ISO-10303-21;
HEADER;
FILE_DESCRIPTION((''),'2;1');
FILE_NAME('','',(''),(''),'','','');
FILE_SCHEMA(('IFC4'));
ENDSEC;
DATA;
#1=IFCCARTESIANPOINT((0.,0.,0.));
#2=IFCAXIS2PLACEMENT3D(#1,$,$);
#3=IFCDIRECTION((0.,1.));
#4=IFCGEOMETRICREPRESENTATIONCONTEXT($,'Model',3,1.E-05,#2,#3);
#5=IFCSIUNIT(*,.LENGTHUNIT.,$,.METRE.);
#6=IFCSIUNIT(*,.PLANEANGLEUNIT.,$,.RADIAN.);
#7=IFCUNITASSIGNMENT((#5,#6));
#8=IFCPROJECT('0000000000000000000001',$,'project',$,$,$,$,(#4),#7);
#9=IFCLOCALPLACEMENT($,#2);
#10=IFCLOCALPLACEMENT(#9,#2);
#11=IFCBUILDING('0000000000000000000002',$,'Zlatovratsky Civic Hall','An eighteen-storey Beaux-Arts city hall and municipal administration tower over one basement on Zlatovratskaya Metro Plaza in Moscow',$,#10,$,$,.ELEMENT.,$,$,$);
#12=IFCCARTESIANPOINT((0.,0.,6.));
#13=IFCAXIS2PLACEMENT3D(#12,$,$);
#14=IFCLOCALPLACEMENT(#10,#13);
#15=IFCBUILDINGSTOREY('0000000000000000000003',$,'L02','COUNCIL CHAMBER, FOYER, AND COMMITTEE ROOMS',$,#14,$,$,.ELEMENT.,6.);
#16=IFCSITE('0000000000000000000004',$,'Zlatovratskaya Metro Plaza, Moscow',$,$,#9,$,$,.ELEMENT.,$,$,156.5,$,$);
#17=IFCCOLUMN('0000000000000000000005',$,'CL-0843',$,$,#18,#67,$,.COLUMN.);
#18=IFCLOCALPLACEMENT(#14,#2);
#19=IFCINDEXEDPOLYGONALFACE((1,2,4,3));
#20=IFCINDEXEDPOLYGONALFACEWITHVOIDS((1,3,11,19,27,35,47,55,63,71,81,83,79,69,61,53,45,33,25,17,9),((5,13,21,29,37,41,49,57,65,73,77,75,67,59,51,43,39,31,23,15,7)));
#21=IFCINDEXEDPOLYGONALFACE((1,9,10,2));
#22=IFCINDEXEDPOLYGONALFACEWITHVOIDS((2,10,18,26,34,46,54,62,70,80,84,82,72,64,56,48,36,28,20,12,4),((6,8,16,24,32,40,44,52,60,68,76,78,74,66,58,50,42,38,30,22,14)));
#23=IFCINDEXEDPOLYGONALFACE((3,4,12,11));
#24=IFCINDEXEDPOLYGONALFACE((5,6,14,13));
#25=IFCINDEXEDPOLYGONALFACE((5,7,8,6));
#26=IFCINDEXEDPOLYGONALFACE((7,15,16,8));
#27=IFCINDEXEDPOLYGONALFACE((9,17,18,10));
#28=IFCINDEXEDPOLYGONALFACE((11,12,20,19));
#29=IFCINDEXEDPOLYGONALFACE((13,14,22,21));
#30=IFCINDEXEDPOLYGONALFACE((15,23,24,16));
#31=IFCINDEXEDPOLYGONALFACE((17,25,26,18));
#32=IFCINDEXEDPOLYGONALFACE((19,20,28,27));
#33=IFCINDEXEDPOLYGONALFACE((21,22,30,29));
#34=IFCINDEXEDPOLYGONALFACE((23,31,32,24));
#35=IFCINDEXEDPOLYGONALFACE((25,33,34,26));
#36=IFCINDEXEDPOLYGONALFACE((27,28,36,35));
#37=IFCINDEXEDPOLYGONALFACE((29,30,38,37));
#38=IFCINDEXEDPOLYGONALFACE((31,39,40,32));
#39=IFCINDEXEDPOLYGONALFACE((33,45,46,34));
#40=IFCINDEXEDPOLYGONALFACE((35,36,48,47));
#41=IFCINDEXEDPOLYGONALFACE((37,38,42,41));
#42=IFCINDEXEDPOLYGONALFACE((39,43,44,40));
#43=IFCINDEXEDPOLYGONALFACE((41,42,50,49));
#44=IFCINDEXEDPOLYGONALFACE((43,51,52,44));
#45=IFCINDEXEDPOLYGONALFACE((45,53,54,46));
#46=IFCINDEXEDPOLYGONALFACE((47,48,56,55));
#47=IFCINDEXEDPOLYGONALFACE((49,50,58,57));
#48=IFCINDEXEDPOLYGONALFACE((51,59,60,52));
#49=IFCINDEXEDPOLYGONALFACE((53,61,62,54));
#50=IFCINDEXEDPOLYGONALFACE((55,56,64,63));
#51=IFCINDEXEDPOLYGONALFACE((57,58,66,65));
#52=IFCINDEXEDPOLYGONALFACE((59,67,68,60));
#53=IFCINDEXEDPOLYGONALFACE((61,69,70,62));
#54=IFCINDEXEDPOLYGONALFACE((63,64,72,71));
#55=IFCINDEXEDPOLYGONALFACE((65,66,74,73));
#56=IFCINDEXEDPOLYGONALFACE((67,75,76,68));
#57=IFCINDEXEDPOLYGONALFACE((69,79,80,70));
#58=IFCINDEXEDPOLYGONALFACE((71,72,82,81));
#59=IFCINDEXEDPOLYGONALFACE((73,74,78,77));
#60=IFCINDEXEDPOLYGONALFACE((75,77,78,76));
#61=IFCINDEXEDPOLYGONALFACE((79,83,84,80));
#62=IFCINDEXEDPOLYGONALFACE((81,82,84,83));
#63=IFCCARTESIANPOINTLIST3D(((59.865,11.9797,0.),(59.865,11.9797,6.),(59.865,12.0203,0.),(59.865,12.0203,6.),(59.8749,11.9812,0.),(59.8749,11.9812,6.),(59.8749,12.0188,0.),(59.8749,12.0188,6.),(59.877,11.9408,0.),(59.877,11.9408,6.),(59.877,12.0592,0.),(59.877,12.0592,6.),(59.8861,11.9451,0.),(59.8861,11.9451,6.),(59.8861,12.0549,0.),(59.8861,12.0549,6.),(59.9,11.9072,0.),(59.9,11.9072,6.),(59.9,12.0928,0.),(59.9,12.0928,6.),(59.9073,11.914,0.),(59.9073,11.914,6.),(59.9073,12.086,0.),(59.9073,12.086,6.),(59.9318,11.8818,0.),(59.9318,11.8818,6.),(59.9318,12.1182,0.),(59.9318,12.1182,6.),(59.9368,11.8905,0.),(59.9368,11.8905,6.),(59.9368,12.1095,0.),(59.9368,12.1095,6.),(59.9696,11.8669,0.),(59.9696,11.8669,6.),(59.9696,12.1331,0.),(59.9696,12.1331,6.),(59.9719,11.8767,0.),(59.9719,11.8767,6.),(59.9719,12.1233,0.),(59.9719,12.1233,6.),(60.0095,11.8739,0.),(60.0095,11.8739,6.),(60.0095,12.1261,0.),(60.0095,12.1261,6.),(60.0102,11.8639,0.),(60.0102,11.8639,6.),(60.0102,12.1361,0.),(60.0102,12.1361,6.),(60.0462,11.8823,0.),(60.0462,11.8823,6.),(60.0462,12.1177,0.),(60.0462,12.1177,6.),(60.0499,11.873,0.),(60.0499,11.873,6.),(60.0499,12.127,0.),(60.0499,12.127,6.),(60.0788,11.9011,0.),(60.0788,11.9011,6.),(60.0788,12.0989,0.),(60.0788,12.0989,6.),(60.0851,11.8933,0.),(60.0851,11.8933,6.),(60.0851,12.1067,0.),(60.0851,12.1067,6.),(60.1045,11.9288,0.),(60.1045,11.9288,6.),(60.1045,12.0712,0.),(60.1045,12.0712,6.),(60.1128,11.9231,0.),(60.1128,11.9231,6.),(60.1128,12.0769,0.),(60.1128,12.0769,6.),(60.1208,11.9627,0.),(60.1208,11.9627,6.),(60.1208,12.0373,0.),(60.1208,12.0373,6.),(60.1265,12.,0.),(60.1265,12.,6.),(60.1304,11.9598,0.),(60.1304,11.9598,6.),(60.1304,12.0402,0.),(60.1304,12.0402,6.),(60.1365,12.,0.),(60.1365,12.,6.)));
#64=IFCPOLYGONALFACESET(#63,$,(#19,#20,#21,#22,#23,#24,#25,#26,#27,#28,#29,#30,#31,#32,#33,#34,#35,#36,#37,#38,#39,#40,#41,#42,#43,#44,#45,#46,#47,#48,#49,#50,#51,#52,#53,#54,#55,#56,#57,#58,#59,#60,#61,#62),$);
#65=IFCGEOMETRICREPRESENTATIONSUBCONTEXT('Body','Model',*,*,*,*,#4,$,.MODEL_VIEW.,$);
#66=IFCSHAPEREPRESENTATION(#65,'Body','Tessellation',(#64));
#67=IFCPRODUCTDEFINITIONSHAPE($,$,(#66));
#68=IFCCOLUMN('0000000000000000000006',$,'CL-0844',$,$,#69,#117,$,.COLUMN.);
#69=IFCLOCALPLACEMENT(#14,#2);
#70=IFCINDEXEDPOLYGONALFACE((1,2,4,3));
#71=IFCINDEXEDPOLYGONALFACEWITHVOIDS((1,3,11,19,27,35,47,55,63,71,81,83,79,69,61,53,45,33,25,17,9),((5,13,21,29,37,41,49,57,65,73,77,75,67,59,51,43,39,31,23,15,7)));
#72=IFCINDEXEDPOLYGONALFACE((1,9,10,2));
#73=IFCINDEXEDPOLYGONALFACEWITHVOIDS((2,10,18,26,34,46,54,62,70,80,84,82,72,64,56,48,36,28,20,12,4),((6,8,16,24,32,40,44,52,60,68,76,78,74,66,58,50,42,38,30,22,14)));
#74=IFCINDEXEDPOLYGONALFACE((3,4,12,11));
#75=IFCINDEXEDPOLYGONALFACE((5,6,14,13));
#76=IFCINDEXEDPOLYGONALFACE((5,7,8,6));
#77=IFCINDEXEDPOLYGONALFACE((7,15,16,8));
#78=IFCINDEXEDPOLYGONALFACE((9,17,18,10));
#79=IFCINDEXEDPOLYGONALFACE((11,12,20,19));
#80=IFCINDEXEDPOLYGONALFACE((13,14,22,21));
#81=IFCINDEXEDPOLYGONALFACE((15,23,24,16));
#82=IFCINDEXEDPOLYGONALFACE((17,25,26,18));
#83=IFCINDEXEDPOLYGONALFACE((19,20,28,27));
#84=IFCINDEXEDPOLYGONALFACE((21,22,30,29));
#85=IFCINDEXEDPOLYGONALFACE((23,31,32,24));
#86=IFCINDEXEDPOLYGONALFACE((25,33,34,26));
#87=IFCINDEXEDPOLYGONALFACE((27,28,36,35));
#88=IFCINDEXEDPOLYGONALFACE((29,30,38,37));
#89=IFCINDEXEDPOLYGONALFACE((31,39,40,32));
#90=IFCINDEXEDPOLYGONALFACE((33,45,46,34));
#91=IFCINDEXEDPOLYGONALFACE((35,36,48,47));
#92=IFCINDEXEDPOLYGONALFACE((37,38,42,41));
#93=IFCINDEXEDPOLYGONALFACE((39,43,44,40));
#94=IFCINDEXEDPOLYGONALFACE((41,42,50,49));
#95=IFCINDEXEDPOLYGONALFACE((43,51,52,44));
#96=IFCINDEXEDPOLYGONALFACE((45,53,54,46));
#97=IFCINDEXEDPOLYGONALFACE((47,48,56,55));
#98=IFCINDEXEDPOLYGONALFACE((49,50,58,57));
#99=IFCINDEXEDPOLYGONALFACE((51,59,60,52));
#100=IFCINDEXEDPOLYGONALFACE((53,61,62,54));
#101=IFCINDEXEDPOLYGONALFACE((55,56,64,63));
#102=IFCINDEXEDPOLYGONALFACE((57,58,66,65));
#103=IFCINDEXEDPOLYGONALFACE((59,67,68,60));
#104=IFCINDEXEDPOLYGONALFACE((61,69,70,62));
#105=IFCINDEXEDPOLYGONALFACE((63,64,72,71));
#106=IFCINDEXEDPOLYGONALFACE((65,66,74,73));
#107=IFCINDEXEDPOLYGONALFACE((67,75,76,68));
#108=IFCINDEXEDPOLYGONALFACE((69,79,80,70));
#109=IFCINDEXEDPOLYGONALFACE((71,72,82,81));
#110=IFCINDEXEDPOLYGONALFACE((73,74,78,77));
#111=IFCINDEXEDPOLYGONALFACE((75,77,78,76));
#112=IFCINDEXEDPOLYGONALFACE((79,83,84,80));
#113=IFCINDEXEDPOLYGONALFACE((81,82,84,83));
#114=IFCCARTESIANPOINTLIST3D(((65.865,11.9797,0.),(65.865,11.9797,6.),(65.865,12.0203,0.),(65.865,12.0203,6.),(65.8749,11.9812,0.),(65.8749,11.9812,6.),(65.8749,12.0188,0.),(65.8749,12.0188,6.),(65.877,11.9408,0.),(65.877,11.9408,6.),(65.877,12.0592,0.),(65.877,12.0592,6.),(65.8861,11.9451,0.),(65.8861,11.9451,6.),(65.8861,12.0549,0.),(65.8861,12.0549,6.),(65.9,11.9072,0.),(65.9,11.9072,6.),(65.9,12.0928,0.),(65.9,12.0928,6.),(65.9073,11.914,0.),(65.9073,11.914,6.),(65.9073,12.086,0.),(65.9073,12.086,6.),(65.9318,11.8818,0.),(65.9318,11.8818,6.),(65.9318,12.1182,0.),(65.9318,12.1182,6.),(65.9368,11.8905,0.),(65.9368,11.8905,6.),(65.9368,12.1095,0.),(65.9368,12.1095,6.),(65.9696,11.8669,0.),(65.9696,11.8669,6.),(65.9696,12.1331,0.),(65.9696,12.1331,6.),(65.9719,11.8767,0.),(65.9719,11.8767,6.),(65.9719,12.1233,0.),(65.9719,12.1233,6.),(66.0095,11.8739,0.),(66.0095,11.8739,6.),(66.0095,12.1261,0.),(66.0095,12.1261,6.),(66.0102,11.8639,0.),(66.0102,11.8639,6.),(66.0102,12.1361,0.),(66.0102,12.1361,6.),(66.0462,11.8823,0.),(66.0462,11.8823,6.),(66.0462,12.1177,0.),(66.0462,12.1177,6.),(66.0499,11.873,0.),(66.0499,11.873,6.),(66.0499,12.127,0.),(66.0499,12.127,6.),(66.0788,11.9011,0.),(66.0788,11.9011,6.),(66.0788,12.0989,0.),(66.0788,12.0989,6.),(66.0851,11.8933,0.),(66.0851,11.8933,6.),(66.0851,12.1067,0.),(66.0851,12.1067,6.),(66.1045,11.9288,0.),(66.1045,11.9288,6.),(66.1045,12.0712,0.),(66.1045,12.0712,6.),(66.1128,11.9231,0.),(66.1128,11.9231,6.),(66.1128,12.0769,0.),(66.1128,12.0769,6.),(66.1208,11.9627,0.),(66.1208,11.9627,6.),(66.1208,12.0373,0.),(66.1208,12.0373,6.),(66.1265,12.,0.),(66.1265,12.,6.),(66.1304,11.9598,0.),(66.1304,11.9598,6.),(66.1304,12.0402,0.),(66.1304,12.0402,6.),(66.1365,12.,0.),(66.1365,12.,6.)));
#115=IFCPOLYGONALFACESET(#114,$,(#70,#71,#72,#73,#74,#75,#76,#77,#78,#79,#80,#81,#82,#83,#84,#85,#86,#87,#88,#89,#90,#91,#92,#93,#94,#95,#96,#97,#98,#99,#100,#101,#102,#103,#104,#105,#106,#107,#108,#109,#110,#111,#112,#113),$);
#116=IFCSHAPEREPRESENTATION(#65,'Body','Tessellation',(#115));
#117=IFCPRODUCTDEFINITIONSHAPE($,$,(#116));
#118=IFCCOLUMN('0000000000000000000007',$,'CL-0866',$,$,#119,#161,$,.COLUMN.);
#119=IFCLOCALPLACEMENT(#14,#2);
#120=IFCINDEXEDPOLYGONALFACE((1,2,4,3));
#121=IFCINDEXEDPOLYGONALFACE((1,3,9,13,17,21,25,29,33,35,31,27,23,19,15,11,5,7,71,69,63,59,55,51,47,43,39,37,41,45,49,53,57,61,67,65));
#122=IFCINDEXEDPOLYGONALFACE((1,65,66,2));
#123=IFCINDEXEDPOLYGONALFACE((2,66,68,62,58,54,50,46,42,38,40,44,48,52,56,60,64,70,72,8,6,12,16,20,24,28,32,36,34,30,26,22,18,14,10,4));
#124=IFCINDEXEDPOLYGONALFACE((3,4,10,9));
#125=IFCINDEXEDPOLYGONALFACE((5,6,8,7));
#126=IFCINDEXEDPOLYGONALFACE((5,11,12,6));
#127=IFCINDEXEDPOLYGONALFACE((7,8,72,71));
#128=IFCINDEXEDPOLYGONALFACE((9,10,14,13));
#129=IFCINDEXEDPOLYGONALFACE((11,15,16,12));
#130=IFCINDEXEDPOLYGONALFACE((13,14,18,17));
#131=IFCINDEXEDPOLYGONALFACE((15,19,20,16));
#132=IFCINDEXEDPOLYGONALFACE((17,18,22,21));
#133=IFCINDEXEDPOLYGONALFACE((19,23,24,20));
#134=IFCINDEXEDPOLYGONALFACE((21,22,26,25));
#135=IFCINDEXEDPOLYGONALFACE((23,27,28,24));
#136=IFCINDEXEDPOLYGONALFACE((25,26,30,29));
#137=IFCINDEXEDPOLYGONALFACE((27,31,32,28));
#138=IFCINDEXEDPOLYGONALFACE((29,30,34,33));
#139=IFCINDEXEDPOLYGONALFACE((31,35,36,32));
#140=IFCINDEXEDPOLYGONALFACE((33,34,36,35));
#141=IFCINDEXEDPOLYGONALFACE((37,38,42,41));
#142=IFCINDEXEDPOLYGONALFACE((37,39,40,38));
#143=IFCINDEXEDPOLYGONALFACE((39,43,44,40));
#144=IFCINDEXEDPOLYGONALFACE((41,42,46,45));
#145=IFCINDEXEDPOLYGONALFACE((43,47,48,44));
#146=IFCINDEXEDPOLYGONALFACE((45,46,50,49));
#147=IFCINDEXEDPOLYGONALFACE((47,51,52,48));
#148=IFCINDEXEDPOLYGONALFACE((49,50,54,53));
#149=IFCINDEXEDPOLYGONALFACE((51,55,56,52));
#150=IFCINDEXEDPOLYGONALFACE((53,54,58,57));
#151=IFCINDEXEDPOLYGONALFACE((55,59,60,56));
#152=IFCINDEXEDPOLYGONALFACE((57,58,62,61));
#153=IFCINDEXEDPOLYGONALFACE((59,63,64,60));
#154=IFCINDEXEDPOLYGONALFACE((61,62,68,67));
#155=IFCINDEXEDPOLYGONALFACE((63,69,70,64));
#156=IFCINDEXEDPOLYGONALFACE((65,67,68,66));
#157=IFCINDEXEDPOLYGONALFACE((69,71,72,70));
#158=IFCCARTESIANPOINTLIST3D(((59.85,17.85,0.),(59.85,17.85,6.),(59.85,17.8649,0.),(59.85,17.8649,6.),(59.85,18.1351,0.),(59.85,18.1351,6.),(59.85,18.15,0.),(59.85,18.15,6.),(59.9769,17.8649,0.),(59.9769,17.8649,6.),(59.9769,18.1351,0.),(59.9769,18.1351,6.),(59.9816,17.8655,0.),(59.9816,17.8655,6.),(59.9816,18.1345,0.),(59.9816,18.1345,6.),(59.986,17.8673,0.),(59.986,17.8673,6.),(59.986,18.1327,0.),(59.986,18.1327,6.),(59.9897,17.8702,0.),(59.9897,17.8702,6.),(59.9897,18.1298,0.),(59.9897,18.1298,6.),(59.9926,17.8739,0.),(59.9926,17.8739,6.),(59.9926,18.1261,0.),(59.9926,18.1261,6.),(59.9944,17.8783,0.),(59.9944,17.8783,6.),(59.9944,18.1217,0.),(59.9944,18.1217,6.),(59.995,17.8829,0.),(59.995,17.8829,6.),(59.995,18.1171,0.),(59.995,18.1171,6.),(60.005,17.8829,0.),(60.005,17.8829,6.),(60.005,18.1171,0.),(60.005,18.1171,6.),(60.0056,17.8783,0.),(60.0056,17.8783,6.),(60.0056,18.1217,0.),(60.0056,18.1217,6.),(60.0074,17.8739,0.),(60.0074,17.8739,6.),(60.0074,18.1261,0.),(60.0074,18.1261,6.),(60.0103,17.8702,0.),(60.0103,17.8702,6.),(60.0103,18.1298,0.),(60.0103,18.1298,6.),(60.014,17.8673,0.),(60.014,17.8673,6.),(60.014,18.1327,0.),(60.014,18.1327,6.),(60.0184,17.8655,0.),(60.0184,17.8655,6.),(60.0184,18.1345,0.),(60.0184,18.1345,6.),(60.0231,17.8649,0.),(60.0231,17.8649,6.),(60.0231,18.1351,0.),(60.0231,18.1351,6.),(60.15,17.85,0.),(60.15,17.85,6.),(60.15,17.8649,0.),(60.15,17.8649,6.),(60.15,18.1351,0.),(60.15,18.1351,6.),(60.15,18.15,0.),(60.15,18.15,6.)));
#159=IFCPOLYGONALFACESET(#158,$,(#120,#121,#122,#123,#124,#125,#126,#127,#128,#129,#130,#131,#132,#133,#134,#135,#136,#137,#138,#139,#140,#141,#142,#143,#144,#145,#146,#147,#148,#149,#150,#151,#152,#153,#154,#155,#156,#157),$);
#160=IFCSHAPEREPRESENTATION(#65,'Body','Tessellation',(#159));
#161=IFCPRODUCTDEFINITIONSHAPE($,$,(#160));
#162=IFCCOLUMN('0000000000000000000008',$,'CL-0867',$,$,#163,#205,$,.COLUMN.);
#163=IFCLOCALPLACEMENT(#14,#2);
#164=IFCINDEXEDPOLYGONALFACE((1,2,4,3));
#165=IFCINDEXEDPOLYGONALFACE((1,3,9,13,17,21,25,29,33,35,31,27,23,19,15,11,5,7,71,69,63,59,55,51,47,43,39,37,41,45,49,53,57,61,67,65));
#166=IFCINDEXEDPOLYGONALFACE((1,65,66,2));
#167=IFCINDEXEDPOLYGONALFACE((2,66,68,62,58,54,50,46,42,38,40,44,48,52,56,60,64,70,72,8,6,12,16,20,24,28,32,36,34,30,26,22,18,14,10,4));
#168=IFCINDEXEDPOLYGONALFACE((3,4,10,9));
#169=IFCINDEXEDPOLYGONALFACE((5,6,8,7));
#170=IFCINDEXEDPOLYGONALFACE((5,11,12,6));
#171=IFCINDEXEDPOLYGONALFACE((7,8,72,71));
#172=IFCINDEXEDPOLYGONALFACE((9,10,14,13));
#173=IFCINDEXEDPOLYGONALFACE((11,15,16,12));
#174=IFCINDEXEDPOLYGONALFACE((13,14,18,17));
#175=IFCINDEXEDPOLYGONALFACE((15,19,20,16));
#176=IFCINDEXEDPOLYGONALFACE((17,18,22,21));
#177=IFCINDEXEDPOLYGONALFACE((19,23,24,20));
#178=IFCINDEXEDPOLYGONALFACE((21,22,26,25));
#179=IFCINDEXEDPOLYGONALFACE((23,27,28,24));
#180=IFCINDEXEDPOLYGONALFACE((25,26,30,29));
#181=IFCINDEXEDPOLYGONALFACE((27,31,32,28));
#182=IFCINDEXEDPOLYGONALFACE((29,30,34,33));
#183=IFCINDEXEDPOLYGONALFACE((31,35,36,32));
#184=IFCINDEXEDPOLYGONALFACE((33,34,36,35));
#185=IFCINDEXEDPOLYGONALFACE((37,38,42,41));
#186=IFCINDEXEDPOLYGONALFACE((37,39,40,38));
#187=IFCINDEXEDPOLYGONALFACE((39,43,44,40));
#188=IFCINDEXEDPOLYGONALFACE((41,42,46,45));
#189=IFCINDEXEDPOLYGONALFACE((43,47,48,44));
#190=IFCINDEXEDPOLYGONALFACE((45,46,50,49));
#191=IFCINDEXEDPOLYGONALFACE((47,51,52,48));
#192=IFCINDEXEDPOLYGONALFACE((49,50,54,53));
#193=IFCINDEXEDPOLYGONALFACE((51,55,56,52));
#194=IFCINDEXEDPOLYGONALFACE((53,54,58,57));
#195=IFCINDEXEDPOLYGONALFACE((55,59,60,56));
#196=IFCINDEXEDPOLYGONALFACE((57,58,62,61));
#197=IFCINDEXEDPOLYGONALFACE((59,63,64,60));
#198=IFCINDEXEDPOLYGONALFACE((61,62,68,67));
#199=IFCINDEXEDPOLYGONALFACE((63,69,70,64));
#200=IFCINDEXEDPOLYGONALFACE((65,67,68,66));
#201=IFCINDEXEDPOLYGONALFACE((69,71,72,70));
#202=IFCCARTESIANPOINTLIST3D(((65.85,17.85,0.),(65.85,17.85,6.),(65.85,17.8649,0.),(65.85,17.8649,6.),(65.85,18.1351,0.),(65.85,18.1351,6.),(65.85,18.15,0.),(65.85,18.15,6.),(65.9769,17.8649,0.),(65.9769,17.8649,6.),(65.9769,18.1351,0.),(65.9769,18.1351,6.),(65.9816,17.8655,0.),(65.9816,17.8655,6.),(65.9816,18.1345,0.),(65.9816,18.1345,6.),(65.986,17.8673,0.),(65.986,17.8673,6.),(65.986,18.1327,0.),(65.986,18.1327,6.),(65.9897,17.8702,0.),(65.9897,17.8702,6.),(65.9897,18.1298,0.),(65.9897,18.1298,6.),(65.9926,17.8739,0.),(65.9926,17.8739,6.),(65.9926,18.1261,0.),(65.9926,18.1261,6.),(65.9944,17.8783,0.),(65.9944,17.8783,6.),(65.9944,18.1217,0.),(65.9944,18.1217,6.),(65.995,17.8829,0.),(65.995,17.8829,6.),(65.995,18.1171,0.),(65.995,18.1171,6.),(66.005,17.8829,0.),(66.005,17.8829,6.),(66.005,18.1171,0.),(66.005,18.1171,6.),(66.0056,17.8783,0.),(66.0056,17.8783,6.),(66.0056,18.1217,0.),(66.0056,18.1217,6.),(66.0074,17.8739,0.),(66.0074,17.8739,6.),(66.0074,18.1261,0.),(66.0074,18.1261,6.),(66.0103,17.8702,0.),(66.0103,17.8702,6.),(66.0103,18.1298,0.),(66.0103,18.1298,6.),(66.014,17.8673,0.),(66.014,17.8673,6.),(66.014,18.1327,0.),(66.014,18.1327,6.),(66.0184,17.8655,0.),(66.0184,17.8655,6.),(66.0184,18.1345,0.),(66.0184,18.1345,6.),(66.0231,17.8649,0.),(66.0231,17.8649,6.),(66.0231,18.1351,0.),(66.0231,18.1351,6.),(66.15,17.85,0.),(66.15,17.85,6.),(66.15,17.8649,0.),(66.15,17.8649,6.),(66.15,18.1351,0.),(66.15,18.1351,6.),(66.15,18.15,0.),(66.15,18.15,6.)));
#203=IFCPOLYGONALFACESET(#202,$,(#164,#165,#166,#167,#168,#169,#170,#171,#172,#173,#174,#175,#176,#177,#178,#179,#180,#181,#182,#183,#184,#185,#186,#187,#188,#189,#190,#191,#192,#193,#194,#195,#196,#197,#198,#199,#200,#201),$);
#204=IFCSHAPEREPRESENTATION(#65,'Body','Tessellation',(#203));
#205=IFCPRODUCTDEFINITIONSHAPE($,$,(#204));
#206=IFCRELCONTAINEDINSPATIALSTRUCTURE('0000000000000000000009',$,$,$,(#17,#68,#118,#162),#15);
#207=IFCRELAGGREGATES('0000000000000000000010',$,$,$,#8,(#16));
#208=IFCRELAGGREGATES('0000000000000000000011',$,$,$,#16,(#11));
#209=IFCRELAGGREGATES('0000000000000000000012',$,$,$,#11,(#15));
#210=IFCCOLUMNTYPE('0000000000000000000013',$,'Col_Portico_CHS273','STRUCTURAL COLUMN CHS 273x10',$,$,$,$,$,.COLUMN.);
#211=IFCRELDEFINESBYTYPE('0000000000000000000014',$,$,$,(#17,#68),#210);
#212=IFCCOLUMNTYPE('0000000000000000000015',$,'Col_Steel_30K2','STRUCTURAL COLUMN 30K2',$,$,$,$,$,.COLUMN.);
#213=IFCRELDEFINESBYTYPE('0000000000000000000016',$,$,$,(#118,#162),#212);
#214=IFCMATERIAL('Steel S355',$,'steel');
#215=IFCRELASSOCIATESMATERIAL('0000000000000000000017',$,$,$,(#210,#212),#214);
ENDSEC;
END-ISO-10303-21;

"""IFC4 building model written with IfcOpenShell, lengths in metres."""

from ifc_helpers import new_model, si_unit, direction, frame, origin, origin_2d, place, context, subcontext, project, spatial, hollow_circle, i_section, extrude, material, material_profile, profile_set, type_object, element, save


model = new_model("IFC4")

# Units and contexts
model_context = context("Model", 3, precision=1e-05, world=origin(), true_north=direction((0.0, 1.0)))
body_context = subcontext(model_context, "Body", "Model", "MODEL_VIEW")
ifc_project = project(units=[si_unit("LENGTHUNIT", "METRE"), si_unit("PLANEANGLEUNIT", "RADIAN")], contexts=[model_context])

# Site, building, storey
site_placement = place(None, origin())
site = spatial("IfcSite", under=ifc_project, at=site_placement, Name="Zlatovratskaya Metro Plaza, Moscow", CompositionType="ELEMENT", RefElevation=156.5)
building_placement = place(site_placement, origin())
building = spatial("IfcBuilding", under=site, at=building_placement, Name="Zlatovratsky Civic Hall", Description="An eighteen-storey Beaux-Arts city hall and municipal administration tower over one basement on Zlatovratskaya Metro Plaza in Moscow", CompositionType="ELEMENT")
storey_placement = place(building_placement, frame((0.0, 0.0, 6.0)))
storey = spatial("IfcBuildingStorey", under=building, at=storey_placement, Name="L02", Description="COUNCIL CHAMBER, FOYER, AND COMMITTEE ROOMS", CompositionType="ELEMENT", Elevation=6.0)

# Columns
ifc_material_1 = material(Name="Steel S355", Category="steel")
ifc_material_profile_1 = material_profile(ifc_material_1, hollow_circle(Radius=0.1365, WallThickness=0.01, at=origin_2d()), Name="CHS 273x10")
ifc_profile_set_1 = profile_set([ifc_material_profile_1], Name="Steel S355")
column_type_1 = type_object("IfcColumnType", Name="Col_Portico_CHS273", Description="STRUCTURAL COLUMN CHS 273x10", PredefinedType="COLUMN", material=ifc_profile_set_1)
for number, where, z_axis, x_axis, name in (
    (1, (60.0, 12.0, 0.0), (0.0, 0.0, 1.0), (1.0, 0.0, 0.0), "CL-0843"),
    (2, (66.0, 12.0, 0.0), (0.0, 0.0, 1.0), (1.0, 0.0, 0.0), "CL-0844"),
):
    element("IfcColumn", number, at=place(storey_placement, frame(where, z_axis=z_axis, x_axis=x_axis)), inside=storey, type_object=column_type_1, Name=name, PredefinedType="COLUMN", context=body_context, shape_type="SweptSolid", body=[
        extrude(hollow_circle(Radius=0.1365, WallThickness=0.01, at=origin_2d()), origin(), (0.0, 0.0, 1.0), 6.0),
    ])
ifc_material_profile_2 = material_profile(ifc_material_1, i_section(OverallWidth=0.3, OverallDepth=0.3, WebThickness=0.01, FlangeThickness=0.0149, FilletRadius=0.0181, at=origin_2d()), Name="30K2")
ifc_profile_set_2 = profile_set([ifc_material_profile_2], Name="Steel S355")
column_type_2 = type_object("IfcColumnType", Name="Col_Steel_30K2", Description="STRUCTURAL COLUMN 30K2", PredefinedType="COLUMN", material=ifc_profile_set_2)
for number, where, z_axis, x_axis, name in (
    (3, (60.0, 18.0, 0.0), (0.0, 0.0, 1.0), (1.0, 0.0, 0.0), "CL-0866"),
    (4, (66.0, 18.0, 0.0), (0.0, 0.0, 1.0), (1.0, 0.0, 0.0), "CL-0867"),
):
    element("IfcColumn", number, at=place(storey_placement, frame(where, z_axis=z_axis, x_axis=x_axis)), inside=storey, type_object=column_type_2, Name=name, PredefinedType="COLUMN", context=body_context, shape_type="SweptSolid", body=[
        extrude(i_section(OverallWidth=0.3, OverallDepth=0.3, WebThickness=0.01, FlangeThickness=0.0149, FilletRadius=0.0181, at=origin_2d()), origin(), (0.0, 0.0, 1.0), 6.0),
    ])

save(model, "model.ifc")
